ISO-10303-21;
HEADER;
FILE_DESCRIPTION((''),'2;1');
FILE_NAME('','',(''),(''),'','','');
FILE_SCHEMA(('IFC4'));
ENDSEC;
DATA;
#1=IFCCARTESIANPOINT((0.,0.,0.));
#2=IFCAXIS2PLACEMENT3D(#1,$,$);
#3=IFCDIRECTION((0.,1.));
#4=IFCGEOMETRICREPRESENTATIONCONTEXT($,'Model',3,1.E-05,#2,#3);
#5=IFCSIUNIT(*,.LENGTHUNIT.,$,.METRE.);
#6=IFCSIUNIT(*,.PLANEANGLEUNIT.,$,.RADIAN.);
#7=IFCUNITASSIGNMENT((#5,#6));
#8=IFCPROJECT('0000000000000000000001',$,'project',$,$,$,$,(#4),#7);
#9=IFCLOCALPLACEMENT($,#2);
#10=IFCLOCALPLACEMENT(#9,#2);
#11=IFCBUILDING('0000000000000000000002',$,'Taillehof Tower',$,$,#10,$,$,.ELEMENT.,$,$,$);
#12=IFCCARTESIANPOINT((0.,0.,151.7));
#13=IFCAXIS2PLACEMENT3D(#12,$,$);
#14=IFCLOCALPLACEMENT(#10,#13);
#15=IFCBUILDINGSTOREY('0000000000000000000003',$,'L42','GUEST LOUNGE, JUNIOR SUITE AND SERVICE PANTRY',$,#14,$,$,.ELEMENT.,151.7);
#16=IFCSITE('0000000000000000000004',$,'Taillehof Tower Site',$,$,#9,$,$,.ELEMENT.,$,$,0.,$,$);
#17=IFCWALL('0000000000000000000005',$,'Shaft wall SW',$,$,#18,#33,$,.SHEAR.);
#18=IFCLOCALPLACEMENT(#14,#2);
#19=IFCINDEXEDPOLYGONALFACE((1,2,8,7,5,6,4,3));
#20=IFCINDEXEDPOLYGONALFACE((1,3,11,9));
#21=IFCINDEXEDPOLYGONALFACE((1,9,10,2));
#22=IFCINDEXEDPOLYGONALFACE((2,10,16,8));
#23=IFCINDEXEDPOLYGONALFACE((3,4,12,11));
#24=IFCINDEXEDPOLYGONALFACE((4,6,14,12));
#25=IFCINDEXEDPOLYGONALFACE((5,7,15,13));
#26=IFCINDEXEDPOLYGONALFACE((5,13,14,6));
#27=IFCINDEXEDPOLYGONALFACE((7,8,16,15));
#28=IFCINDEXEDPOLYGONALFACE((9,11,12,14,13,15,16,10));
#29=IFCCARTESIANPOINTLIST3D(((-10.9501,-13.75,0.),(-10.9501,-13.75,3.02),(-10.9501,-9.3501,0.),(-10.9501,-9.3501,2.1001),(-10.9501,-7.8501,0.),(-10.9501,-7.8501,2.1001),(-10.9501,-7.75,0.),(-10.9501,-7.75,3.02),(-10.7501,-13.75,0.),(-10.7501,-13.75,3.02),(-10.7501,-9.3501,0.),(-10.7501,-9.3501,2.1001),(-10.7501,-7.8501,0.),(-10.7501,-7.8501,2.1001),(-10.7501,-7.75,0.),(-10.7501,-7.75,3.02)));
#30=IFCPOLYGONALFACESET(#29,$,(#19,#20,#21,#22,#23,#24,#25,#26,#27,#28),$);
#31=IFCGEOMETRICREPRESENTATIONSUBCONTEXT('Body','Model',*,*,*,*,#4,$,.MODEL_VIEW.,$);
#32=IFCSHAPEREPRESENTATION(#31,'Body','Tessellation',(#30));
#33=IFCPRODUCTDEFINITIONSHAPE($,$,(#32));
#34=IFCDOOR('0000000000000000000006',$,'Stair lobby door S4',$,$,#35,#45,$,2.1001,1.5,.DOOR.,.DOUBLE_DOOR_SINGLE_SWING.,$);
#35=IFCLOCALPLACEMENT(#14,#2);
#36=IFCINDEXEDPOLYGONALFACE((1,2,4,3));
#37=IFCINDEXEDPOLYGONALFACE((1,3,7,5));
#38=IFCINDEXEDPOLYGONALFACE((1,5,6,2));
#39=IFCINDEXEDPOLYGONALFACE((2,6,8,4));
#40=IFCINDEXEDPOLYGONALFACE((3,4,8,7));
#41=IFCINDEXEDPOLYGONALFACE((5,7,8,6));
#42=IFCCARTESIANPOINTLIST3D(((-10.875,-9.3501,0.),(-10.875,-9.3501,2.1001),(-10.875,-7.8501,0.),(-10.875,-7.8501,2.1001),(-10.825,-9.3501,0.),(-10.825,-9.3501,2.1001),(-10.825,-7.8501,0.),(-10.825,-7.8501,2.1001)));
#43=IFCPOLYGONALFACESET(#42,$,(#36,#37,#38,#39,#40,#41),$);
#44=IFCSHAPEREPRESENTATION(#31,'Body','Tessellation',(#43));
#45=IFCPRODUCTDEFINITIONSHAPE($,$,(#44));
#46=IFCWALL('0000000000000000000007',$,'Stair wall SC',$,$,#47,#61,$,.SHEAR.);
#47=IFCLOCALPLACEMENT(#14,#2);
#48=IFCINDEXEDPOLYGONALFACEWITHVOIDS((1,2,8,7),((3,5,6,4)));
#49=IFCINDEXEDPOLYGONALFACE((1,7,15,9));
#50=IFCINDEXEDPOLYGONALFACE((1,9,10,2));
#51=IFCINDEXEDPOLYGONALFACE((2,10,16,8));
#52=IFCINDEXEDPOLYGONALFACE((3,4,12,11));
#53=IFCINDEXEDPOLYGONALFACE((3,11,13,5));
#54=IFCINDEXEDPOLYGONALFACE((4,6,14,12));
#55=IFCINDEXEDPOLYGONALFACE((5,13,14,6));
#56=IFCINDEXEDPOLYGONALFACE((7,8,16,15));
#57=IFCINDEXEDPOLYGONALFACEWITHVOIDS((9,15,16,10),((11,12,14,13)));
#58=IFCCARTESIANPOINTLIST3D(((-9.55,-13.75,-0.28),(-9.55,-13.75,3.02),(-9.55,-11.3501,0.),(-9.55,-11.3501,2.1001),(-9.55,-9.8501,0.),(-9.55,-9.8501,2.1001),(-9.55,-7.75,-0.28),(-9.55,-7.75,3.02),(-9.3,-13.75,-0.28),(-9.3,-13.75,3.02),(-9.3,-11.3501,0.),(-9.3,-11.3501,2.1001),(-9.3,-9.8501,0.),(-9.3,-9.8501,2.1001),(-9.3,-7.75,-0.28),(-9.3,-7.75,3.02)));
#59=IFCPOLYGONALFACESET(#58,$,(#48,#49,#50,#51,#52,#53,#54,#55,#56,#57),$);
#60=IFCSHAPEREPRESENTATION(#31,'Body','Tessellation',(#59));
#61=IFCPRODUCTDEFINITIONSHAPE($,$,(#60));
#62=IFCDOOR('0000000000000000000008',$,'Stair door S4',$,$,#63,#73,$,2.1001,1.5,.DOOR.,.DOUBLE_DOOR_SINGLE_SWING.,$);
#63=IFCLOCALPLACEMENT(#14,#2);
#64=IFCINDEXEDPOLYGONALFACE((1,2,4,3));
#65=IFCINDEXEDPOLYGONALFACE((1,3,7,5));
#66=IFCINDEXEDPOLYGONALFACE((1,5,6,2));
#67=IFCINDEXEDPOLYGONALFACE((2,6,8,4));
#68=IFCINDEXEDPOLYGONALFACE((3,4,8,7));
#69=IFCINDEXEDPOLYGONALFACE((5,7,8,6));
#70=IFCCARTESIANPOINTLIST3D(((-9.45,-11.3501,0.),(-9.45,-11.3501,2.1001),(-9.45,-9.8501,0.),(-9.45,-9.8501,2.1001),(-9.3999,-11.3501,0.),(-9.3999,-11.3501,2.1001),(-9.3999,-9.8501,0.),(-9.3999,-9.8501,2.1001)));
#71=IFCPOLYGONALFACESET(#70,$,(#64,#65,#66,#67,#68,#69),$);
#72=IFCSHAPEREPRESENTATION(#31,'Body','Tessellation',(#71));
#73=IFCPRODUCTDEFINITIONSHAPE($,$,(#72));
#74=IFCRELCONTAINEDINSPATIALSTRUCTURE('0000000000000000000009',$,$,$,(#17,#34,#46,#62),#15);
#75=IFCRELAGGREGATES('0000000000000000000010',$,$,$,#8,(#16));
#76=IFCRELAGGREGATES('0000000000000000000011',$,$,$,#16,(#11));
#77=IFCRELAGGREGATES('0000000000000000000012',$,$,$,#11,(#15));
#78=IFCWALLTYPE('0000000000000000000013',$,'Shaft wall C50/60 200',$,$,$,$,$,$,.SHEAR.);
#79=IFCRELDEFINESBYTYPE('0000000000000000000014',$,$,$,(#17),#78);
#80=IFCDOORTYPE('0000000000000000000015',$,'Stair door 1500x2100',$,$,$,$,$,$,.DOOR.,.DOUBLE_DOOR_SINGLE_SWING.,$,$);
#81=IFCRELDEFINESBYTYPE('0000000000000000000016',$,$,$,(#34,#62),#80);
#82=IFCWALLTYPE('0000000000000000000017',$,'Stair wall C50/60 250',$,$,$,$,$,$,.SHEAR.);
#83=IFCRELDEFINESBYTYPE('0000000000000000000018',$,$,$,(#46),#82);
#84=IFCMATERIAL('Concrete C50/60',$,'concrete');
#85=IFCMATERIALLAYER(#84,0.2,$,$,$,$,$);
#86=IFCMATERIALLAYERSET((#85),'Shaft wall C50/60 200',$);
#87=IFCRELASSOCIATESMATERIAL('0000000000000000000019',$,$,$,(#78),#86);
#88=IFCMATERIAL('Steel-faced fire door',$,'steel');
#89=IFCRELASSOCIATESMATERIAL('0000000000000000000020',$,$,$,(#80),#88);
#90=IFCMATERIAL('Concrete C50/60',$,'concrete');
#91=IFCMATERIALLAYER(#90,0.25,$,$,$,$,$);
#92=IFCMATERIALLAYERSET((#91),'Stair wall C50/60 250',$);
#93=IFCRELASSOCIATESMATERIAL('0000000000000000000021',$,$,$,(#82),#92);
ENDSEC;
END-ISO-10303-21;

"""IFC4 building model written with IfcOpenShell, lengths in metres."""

from ifc_helpers import new_model, si_unit, direction, frame, frame_2d, origin, place, context, subcontext, project, spatial, rectangle, extrude, material, layer, layer_set, type_object, element, fill, save


model = new_model("IFC4")

# Units and contexts
model_context = context("Model", 3, precision=1e-05, world=origin(), true_north=direction((0.0, 1.0)))
body_context = subcontext(model_context, "Body", "Model", "MODEL_VIEW")
ifc_project = project(units=[si_unit("LENGTHUNIT", "METRE"), si_unit("PLANEANGLEUNIT", "RADIAN")], contexts=[model_context])

# Site, building, storey
site_placement = place(None, origin())
site = spatial("IfcSite", under=ifc_project, at=site_placement, Name="Taillehof Tower Site", CompositionType="ELEMENT", RefElevation=0.0)
building_placement = place(site_placement, origin())
building = spatial("IfcBuilding", under=site, at=building_placement, Name="Taillehof Tower", CompositionType="ELEMENT")
storey_placement = place(building_placement, frame((0.0, 0.0, 151.7)))
storey = spatial("IfcBuildingStorey", under=building, at=storey_placement, Name="L42", Description="GUEST LOUNGE, JUNIOR SUITE AND SERVICE PANTRY", CompositionType="ELEMENT", Elevation=151.7)

# Walls, openings, doors
ifc_material_1 = material(Name="Concrete C50/60", Category="concrete")
ifc_layer_1 = layer(ifc_material_1, 0.2)
ifc_layer_set_1 = layer_set([ifc_layer_1], Name="Shaft wall C50/60 200")
wall_type_1 = type_object("IfcWallType", Name="Shaft wall C50/60 200", PredefinedType="SHEAR", material=ifc_layer_set_1)
wall_1_placement = place(storey_placement, frame((-10.8501, -13.75, 0.0), z_axis=(0.0, 0.0, 1.0), x_axis=(0.0, 1.0, 0.0)))
wall_1 = element("IfcWall", 1, at=wall_1_placement, inside=storey, type_object=wall_type_1, Name="Shaft wall SW", PredefinedType="SHEAR", context=body_context, shape_type="SweptSolid", body=[
    extrude(rectangle(XDim=6.0, YDim=0.2, at=frame_2d((3.0, 0.0))), origin(), (0.0, 0.0, 1.0), 3.02),
])
opening_1_placement = place(wall_1_placement, frame((4.3999, 0.0, 0.0)))
opening_1 = element("IfcOpeningElement", 2, at=opening_1_placement, cuts=wall_1, PredefinedType="OPENING", context=body_context, shape_type="SweptSolid", body=[
    extrude(rectangle(XDim=1.5, YDim=2.1001, at=frame_2d((0.75, 1.05))), frame((0.0, 0.1099, 0.0), z_axis=(0.0, -1.0, 0.0), x_axis=(1.0, 0.0, 0.0)), (0.0, 0.0, 1.0), 0.22),
])
ifc_material_2 = material(Name="Steel-faced fire door", Category="steel")
door_type_1 = type_object("IfcDoorType", Name="Stair door 1500x2100", OperationType="DOUBLE_DOOR_SINGLE_SWING", PredefinedType="DOOR", material=ifc_material_2)
door_1_placement = place(opening_1_placement, origin())
door_1 = element("IfcDoor", 3, at=door_1_placement, inside=storey, type_object=door_type_1, Name="Stair lobby door S4", OperationType="DOUBLE_DOOR_SINGLE_SWING", OverallHeight=2.1001, OverallWidth=1.5, PredefinedType="DOOR", context=body_context, shape_type="SweptSolid", body=[
    extrude(rectangle(XDim=1.5, YDim=2.1001, at=frame_2d((0.75, 1.05))), frame((0.0, 0.0249, 0.0), z_axis=(0.0, -1.0, 0.0), x_axis=(1.0, 0.0, 0.0)), (0.0, 0.0, 1.0), 0.05),
])
fill(opening_1, door_1)
ifc_material_3 = material(Name="Concrete C50/60", Category="concrete")
ifc_layer_2 = layer(ifc_material_3, 0.25)
ifc_layer_set_2 = layer_set([ifc_layer_2], Name="Stair wall C50/60 250")
wall_type_2 = type_object("IfcWallType", Name="Stair wall C50/60 250", PredefinedType="SHEAR", material=ifc_layer_set_2)
wall_2_placement = place(storey_placement, frame((-9.425, -13.75, -0.28), z_axis=(0.0, 0.0, 1.0), x_axis=(0.0, 1.0, 0.0)))
wall_2 = element("IfcWall", 4, at=wall_2_placement, inside=storey, type_object=wall_type_2, Name="Stair wall SC", PredefinedType="SHEAR", context=body_context, shape_type="SweptSolid", body=[
    extrude(rectangle(XDim=6.0, YDim=0.25, at=frame_2d((3.0, 0.0))), origin(), (0.0, 0.0, 1.0), 3.3),
])
opening_2_placement = place(wall_2_placement, frame((2.3999, 0.0, 0.28)))
opening_2 = element("IfcOpeningElement", 5, at=opening_2_placement, cuts=wall_2, PredefinedType="OPENING", context=body_context, shape_type="SweptSolid", body=[
    extrude(rectangle(XDim=1.5, YDim=2.1001, at=frame_2d((0.75, 1.05))), frame((0.0, 0.135, 0.0), z_axis=(0.0, -1.0, 0.0), x_axis=(1.0, 0.0, 0.0)), (0.0, 0.0, 1.0), 0.27),
])
door_2_placement = place(opening_2_placement, origin())
door_2 = element("IfcDoor", 6, at=door_2_placement, inside=storey, type_object=door_type_1, Name="Stair door S4", OperationType="DOUBLE_DOOR_SINGLE_SWING", OverallHeight=2.1001, OverallWidth=1.5, PredefinedType="DOOR", context=body_context, shape_type="SweptSolid", body=[
    extrude(rectangle(XDim=1.5, YDim=2.1001, at=frame_2d((0.75, 1.05))), frame((0.0, 0.0249, 0.0), z_axis=(0.0, -1.0, 0.0), x_axis=(1.0, 0.0, 0.0)), (0.0, 0.0, 1.0), 0.05),
])
fill(opening_2, door_2)

save(model, "model.ifc")
